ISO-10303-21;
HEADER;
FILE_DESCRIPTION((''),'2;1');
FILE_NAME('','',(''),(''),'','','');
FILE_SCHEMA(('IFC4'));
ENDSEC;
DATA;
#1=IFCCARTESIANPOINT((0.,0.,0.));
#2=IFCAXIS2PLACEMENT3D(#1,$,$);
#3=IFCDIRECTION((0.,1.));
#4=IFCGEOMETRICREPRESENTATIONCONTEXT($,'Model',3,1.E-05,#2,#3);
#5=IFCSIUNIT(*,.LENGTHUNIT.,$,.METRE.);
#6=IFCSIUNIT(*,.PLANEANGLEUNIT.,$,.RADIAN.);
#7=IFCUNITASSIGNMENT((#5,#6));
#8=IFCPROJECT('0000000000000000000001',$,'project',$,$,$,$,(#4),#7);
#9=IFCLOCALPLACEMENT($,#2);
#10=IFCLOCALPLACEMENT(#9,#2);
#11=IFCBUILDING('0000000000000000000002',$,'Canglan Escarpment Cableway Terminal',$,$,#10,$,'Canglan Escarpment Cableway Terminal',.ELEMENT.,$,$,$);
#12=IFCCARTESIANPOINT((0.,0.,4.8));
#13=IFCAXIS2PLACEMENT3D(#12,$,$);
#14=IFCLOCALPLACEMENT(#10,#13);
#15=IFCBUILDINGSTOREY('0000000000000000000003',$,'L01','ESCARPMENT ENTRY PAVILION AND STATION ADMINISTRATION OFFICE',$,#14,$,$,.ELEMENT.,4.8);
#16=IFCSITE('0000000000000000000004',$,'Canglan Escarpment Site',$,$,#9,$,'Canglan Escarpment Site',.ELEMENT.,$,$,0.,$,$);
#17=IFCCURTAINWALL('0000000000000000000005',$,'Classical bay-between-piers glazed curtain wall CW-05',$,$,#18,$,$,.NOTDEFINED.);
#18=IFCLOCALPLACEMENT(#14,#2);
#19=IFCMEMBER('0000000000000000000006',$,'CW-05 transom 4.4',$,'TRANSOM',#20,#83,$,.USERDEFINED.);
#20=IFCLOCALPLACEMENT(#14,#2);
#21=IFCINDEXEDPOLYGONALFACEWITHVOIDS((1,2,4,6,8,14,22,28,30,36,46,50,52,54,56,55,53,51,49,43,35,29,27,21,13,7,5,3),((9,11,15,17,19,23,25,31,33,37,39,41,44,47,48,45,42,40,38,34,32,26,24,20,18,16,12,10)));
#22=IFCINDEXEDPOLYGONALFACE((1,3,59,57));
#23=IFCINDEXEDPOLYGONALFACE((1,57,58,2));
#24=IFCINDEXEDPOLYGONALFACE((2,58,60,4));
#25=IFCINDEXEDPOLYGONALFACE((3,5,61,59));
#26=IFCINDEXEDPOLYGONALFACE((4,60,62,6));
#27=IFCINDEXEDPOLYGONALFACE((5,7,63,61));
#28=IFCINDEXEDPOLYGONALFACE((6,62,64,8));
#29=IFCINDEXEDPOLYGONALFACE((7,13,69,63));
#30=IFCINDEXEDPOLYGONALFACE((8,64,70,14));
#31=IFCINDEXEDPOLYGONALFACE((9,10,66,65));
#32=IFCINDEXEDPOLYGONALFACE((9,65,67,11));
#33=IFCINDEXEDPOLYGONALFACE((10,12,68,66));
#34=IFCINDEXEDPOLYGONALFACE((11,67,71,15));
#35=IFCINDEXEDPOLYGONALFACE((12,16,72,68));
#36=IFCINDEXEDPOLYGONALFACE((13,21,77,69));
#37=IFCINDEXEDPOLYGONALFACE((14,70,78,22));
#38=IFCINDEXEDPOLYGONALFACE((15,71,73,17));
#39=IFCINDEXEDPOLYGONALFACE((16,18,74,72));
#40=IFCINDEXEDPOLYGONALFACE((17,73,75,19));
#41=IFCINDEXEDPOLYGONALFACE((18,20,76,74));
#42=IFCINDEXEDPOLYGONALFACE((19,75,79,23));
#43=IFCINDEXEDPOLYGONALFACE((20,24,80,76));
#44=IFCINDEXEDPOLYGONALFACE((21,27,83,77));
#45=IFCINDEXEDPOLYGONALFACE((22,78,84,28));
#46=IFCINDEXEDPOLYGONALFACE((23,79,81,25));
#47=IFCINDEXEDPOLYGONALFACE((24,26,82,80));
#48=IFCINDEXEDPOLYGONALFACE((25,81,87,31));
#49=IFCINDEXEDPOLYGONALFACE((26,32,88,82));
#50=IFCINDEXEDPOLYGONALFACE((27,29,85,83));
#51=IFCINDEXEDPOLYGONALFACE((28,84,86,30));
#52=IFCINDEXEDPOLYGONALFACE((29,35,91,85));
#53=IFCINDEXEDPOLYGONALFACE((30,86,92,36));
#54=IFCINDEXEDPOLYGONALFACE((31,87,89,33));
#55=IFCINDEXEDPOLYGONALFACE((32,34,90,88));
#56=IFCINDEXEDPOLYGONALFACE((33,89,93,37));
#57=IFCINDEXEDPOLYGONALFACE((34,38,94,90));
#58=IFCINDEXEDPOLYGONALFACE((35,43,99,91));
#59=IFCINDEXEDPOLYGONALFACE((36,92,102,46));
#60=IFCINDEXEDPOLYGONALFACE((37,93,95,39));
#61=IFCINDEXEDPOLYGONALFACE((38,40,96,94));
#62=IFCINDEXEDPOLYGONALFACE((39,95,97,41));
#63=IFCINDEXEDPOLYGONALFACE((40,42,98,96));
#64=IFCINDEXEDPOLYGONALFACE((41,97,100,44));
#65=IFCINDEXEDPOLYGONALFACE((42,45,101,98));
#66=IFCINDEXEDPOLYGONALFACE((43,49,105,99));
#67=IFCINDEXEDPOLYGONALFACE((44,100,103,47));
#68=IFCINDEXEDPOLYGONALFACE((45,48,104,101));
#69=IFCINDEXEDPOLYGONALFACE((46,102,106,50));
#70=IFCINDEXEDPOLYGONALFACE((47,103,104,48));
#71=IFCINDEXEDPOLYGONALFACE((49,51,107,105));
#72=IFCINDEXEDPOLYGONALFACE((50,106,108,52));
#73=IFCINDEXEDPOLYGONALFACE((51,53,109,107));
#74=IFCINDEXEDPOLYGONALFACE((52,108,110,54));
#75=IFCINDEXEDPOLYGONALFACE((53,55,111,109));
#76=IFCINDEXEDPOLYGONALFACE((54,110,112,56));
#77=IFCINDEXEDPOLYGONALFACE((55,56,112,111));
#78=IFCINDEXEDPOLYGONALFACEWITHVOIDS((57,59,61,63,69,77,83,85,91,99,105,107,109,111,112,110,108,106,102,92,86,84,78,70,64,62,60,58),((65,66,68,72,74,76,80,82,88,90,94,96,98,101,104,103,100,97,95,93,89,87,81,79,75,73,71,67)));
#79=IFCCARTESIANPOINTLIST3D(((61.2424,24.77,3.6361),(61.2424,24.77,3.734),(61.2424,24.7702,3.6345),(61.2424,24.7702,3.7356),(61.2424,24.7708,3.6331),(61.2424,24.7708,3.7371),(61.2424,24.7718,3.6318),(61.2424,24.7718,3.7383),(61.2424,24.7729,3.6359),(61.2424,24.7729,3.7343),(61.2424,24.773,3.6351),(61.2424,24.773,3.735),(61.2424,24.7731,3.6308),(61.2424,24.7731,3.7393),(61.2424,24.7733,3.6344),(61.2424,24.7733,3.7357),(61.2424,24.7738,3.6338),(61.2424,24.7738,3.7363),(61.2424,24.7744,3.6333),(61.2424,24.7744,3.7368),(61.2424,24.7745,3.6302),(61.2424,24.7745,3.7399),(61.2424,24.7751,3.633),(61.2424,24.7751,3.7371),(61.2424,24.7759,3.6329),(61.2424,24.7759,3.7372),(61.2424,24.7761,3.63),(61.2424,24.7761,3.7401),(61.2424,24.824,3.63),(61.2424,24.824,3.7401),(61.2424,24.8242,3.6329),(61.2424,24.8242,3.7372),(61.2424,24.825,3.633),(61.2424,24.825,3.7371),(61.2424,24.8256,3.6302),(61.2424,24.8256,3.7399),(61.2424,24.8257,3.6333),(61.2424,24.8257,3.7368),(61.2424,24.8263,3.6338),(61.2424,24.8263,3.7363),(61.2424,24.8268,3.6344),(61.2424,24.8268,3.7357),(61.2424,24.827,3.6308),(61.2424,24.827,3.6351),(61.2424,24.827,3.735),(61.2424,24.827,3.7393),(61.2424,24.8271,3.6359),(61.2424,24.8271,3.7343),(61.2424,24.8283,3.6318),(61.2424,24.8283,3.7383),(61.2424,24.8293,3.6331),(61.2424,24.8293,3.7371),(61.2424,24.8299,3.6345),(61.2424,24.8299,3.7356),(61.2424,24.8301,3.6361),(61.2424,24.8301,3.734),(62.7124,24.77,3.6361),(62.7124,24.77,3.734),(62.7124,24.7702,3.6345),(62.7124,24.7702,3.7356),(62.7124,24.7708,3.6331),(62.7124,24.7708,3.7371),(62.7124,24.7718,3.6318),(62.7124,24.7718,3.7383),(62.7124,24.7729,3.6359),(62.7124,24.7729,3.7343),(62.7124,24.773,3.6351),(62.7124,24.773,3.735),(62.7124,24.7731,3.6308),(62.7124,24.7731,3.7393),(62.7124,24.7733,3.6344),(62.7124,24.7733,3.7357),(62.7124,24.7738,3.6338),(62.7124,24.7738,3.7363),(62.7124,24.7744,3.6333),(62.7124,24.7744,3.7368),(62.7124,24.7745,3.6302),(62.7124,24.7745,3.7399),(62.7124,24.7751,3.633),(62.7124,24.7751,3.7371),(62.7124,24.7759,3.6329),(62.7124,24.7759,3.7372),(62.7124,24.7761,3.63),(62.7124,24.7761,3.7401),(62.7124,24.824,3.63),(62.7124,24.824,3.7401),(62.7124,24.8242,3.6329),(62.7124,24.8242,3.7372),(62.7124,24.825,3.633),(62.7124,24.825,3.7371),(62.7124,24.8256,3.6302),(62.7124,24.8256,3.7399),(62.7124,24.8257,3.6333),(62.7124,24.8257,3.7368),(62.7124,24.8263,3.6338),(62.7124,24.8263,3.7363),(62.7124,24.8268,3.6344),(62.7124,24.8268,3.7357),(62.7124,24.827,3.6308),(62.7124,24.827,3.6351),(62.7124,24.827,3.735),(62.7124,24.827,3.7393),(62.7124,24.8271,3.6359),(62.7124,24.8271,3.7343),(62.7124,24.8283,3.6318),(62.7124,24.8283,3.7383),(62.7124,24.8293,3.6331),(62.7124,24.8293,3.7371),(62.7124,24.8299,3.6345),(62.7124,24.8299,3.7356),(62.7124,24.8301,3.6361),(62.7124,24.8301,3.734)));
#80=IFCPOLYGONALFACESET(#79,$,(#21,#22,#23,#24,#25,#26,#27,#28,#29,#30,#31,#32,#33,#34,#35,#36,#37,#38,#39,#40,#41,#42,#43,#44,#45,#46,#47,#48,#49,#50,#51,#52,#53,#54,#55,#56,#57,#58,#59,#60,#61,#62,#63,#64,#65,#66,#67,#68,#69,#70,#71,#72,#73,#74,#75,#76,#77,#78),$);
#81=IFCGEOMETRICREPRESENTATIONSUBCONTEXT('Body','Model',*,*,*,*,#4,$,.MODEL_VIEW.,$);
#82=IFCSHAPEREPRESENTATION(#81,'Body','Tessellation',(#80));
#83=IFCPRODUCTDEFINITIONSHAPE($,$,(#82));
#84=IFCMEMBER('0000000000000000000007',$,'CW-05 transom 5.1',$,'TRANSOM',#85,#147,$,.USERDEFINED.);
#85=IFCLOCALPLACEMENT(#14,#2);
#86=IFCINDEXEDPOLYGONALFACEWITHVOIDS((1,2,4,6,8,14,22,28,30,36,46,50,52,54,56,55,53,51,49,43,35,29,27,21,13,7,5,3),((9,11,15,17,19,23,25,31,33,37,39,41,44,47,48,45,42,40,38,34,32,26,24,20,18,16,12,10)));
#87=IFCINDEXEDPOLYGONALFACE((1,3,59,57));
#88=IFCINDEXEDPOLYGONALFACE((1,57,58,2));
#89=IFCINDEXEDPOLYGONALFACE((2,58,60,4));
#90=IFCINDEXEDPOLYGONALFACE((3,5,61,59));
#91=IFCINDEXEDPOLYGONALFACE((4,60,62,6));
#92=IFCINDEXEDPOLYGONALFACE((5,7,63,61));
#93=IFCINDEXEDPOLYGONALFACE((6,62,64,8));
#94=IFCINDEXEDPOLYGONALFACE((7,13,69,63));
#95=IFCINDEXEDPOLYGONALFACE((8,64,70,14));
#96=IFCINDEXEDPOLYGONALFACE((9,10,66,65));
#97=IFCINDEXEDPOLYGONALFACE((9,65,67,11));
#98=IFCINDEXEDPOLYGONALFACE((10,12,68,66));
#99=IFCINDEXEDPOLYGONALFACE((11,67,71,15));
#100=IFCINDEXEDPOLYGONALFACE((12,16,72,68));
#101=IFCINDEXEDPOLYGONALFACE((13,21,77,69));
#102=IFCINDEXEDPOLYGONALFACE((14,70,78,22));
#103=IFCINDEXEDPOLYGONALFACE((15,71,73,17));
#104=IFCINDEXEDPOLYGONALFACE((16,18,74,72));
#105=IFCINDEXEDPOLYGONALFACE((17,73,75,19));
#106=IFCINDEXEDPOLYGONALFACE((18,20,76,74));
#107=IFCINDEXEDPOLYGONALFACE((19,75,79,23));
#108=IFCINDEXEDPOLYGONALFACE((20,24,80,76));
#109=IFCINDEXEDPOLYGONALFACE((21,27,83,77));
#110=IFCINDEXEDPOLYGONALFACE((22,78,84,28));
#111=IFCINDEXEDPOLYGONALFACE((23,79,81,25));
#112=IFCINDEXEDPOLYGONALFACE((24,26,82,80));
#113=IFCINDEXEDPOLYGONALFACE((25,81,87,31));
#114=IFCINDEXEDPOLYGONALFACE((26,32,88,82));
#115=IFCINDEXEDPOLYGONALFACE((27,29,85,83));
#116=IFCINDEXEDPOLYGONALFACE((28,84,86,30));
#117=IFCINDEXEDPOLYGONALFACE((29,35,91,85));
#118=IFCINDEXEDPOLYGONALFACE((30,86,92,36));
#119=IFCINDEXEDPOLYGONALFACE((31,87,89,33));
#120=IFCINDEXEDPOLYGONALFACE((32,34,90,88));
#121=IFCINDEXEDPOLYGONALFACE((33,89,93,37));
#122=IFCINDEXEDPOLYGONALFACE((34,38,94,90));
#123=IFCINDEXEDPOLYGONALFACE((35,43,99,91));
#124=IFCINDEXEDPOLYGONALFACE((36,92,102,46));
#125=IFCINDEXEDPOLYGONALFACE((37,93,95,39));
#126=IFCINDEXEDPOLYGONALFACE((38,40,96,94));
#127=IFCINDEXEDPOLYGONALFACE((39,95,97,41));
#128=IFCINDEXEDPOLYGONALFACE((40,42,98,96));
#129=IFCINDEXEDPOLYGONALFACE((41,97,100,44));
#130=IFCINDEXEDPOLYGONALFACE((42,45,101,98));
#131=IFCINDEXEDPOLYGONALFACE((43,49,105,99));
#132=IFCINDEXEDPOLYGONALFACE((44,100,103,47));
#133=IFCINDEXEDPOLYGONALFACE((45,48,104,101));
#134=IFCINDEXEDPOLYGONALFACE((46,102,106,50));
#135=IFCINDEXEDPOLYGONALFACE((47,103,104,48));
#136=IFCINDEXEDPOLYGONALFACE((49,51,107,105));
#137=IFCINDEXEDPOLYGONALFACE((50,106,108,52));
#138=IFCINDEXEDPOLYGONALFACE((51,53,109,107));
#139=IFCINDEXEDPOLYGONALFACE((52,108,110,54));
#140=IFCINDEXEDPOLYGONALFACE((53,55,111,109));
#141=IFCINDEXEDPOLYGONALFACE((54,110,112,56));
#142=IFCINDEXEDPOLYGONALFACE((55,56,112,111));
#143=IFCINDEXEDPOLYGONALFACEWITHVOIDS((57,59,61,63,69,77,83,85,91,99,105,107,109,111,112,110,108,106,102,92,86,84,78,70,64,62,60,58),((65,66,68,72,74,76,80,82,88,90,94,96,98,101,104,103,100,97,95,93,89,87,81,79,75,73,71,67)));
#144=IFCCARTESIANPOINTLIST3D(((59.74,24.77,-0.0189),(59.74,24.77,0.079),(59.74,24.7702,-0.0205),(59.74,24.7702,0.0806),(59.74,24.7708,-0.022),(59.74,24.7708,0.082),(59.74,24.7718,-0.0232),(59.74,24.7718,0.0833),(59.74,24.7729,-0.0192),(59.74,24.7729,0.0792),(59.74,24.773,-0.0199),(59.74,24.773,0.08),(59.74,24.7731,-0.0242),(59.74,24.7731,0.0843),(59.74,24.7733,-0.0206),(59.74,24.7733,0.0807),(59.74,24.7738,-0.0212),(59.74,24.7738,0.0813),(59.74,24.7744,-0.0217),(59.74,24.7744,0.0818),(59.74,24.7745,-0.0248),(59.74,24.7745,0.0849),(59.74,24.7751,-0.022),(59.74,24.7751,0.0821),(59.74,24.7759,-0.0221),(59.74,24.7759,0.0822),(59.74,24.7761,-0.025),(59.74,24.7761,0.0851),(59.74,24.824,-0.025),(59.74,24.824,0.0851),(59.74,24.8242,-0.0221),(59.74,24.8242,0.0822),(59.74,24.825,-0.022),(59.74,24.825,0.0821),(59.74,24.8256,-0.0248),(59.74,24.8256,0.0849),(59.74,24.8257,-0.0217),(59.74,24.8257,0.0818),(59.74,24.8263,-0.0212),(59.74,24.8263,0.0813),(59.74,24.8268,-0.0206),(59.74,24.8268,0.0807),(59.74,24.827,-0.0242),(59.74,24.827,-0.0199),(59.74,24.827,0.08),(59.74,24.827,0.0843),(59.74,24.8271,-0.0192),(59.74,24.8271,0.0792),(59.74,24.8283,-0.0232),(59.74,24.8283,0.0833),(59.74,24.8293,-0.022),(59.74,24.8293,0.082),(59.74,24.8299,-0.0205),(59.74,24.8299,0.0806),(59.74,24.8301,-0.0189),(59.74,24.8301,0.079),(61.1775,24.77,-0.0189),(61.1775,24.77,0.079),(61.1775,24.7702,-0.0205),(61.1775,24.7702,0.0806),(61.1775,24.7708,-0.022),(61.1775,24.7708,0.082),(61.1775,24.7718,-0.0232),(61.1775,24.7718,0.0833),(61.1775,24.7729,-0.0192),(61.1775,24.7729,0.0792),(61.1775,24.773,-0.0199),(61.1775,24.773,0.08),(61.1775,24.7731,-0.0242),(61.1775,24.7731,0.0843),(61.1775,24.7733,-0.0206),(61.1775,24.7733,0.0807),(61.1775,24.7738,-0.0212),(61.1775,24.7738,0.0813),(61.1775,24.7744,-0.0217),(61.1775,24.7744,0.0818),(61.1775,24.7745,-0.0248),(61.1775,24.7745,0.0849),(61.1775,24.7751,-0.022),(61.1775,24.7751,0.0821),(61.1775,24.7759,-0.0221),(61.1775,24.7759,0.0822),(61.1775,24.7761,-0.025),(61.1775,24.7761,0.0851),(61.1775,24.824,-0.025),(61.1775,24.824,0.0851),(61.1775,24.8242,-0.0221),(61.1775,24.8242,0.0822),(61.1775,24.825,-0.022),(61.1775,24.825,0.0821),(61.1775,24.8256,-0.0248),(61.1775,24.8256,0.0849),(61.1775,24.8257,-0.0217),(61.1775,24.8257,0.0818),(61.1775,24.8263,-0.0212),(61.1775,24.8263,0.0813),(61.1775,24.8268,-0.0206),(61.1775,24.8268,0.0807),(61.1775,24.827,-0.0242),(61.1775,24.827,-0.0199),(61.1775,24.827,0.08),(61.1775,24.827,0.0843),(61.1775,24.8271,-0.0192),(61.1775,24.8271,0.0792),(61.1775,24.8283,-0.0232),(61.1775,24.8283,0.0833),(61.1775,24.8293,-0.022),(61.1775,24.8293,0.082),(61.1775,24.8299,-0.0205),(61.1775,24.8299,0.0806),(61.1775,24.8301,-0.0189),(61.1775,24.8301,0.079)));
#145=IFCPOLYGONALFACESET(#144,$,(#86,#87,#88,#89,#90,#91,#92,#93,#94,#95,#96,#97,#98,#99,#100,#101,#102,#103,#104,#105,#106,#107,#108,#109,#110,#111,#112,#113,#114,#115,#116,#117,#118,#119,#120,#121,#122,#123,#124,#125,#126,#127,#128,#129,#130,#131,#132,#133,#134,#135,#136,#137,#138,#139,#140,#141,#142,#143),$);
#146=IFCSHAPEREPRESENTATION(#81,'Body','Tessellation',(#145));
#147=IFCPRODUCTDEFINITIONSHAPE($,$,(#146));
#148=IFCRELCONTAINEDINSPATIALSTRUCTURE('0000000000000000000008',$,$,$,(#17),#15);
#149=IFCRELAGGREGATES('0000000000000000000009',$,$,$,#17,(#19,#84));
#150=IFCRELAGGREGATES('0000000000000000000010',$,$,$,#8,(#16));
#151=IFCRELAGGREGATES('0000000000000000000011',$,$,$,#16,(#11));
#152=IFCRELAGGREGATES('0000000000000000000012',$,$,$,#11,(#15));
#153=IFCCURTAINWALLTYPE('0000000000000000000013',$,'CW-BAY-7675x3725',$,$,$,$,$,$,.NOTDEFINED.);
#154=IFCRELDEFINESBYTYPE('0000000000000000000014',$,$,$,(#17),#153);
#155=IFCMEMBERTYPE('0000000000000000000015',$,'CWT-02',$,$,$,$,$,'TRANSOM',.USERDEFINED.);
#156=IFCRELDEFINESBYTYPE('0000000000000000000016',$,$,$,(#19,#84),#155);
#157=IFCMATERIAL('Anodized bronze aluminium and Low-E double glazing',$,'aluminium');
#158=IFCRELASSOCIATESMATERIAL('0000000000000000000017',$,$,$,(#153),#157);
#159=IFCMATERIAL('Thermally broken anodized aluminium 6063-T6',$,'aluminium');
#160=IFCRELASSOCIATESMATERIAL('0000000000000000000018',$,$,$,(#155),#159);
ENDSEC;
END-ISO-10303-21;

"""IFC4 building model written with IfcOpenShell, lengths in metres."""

from ifc_helpers import new_model, si_unit, direction, frame, origin, origin_2d, place, context, subcontext, project, spatial, hollow_rectangle, extrude, material, material_profile, profile_set, type_object, element, aggregate, save


model = new_model("IFC4")

# Units and contexts
model_context = context("Model", 3, precision=1e-05, world=origin(), true_north=direction((0.0, 1.0)))
body_context = subcontext(model_context, "Body", "Model", "MODEL_VIEW")
ifc_project = project(units=[si_unit("LENGTHUNIT", "METRE"), si_unit("PLANEANGLEUNIT", "RADIAN")], contexts=[model_context])

# Site, building, storey
site_placement = place(None, origin())
site = spatial("IfcSite", under=ifc_project, at=site_placement, Name="Canglan Escarpment Site", LongName="Canglan Escarpment Site", CompositionType="ELEMENT", RefElevation=0.0)
building_placement = place(site_placement, origin())
building = spatial("IfcBuilding", under=site, at=building_placement, Name="Canglan Escarpment Cableway Terminal", LongName="Canglan Escarpment Cableway Terminal", CompositionType="ELEMENT")
storey_placement = place(building_placement, frame((0.0, 0.0, 4.8)))
storey = spatial("IfcBuildingStorey", under=building, at=storey_placement, Name="L01", Description="ESCARPMENT ENTRY PAVILION AND STATION ADMINISTRATION OFFICE", CompositionType="ELEMENT", Elevation=4.8)

# Curtain wall, members
ifc_material_1 = material(Name="Anodized bronze aluminium and Low-E double glazing", Category="aluminium")
curtain_wall_type = type_object("IfcCurtainWallType", Name="CW-BAY-7675x3725", PredefinedType="NOTDEFINED", material=ifc_material_1)
curtain_wall_placement = place(storey_placement, origin())
curtain_wall = element("IfcCurtainWall", 1, at=curtain_wall_placement, inside=storey, type_object=curtain_wall_type, Name="Classical bay-between-piers glazed curtain wall CW-05", PredefinedType="NOTDEFINED")
ifc_material_2 = material(Name="Thermally broken anodized aluminium 6063-T6", Category="aluminium")
ifc_material_profile_1 = material_profile(ifc_material_2, hollow_rectangle(XDim=0.0601, YDim=0.1101, WallThickness=0.0029, InnerFilletRadius=0.0029, OuterFilletRadius=0.0061, at=origin_2d()), Name="ALU-TRAN 60x110x3")
ifc_profile_set_1 = profile_set([ifc_material_profile_1], Name="Thermally broken anodized aluminium 6063-T6")
member_type_1 = type_object("IfcMemberType", Name="CWT-02", ElementType="TRANSOM", PredefinedType="USERDEFINED", material=ifc_profile_set_1)
member_1_placement = place(storey_placement, frame((62.7124, 24.8, 3.6851), z_axis=(-1.0, 0.0, 0.0), x_axis=(0.0, -1.0, 0.0)))
member_1 = element("IfcMember", 2, at=member_1_placement, type_object=member_type_1, Name="CW-05 transom 4.4", ObjectType="TRANSOM", PredefinedType="USERDEFINED", context=body_context, shape_type="SweptSolid", body=[
    extrude(hollow_rectangle(XDim=0.0601, YDim=0.1101, WallThickness=0.0029, InnerFilletRadius=0.0029, OuterFilletRadius=0.0061, at=origin_2d()), origin(), (0.0, 0.0, 1.0), 1.47),
])
member_2_placement = place(storey_placement, frame((61.1775, 24.8, 0.03), z_axis=(-1.0, 0.0, 0.0), x_axis=(0.0, -1.0, 0.0)))
member_2 = element("IfcMember", 3, at=member_2_placement, type_object=member_type_1, Name="CW-05 transom 5.1", ObjectType="TRANSOM", PredefinedType="USERDEFINED", context=body_context, shape_type="SweptSolid", body=[
    extrude(hollow_rectangle(XDim=0.0601, YDim=0.1101, WallThickness=0.0029, InnerFilletRadius=0.0029, OuterFilletRadius=0.0061, at=origin_2d()), origin(), (0.0, 0.0, 1.0), 1.4375),
])
aggregate(curtain_wall, [member_1, member_2])

save(model, "model.ifc")
